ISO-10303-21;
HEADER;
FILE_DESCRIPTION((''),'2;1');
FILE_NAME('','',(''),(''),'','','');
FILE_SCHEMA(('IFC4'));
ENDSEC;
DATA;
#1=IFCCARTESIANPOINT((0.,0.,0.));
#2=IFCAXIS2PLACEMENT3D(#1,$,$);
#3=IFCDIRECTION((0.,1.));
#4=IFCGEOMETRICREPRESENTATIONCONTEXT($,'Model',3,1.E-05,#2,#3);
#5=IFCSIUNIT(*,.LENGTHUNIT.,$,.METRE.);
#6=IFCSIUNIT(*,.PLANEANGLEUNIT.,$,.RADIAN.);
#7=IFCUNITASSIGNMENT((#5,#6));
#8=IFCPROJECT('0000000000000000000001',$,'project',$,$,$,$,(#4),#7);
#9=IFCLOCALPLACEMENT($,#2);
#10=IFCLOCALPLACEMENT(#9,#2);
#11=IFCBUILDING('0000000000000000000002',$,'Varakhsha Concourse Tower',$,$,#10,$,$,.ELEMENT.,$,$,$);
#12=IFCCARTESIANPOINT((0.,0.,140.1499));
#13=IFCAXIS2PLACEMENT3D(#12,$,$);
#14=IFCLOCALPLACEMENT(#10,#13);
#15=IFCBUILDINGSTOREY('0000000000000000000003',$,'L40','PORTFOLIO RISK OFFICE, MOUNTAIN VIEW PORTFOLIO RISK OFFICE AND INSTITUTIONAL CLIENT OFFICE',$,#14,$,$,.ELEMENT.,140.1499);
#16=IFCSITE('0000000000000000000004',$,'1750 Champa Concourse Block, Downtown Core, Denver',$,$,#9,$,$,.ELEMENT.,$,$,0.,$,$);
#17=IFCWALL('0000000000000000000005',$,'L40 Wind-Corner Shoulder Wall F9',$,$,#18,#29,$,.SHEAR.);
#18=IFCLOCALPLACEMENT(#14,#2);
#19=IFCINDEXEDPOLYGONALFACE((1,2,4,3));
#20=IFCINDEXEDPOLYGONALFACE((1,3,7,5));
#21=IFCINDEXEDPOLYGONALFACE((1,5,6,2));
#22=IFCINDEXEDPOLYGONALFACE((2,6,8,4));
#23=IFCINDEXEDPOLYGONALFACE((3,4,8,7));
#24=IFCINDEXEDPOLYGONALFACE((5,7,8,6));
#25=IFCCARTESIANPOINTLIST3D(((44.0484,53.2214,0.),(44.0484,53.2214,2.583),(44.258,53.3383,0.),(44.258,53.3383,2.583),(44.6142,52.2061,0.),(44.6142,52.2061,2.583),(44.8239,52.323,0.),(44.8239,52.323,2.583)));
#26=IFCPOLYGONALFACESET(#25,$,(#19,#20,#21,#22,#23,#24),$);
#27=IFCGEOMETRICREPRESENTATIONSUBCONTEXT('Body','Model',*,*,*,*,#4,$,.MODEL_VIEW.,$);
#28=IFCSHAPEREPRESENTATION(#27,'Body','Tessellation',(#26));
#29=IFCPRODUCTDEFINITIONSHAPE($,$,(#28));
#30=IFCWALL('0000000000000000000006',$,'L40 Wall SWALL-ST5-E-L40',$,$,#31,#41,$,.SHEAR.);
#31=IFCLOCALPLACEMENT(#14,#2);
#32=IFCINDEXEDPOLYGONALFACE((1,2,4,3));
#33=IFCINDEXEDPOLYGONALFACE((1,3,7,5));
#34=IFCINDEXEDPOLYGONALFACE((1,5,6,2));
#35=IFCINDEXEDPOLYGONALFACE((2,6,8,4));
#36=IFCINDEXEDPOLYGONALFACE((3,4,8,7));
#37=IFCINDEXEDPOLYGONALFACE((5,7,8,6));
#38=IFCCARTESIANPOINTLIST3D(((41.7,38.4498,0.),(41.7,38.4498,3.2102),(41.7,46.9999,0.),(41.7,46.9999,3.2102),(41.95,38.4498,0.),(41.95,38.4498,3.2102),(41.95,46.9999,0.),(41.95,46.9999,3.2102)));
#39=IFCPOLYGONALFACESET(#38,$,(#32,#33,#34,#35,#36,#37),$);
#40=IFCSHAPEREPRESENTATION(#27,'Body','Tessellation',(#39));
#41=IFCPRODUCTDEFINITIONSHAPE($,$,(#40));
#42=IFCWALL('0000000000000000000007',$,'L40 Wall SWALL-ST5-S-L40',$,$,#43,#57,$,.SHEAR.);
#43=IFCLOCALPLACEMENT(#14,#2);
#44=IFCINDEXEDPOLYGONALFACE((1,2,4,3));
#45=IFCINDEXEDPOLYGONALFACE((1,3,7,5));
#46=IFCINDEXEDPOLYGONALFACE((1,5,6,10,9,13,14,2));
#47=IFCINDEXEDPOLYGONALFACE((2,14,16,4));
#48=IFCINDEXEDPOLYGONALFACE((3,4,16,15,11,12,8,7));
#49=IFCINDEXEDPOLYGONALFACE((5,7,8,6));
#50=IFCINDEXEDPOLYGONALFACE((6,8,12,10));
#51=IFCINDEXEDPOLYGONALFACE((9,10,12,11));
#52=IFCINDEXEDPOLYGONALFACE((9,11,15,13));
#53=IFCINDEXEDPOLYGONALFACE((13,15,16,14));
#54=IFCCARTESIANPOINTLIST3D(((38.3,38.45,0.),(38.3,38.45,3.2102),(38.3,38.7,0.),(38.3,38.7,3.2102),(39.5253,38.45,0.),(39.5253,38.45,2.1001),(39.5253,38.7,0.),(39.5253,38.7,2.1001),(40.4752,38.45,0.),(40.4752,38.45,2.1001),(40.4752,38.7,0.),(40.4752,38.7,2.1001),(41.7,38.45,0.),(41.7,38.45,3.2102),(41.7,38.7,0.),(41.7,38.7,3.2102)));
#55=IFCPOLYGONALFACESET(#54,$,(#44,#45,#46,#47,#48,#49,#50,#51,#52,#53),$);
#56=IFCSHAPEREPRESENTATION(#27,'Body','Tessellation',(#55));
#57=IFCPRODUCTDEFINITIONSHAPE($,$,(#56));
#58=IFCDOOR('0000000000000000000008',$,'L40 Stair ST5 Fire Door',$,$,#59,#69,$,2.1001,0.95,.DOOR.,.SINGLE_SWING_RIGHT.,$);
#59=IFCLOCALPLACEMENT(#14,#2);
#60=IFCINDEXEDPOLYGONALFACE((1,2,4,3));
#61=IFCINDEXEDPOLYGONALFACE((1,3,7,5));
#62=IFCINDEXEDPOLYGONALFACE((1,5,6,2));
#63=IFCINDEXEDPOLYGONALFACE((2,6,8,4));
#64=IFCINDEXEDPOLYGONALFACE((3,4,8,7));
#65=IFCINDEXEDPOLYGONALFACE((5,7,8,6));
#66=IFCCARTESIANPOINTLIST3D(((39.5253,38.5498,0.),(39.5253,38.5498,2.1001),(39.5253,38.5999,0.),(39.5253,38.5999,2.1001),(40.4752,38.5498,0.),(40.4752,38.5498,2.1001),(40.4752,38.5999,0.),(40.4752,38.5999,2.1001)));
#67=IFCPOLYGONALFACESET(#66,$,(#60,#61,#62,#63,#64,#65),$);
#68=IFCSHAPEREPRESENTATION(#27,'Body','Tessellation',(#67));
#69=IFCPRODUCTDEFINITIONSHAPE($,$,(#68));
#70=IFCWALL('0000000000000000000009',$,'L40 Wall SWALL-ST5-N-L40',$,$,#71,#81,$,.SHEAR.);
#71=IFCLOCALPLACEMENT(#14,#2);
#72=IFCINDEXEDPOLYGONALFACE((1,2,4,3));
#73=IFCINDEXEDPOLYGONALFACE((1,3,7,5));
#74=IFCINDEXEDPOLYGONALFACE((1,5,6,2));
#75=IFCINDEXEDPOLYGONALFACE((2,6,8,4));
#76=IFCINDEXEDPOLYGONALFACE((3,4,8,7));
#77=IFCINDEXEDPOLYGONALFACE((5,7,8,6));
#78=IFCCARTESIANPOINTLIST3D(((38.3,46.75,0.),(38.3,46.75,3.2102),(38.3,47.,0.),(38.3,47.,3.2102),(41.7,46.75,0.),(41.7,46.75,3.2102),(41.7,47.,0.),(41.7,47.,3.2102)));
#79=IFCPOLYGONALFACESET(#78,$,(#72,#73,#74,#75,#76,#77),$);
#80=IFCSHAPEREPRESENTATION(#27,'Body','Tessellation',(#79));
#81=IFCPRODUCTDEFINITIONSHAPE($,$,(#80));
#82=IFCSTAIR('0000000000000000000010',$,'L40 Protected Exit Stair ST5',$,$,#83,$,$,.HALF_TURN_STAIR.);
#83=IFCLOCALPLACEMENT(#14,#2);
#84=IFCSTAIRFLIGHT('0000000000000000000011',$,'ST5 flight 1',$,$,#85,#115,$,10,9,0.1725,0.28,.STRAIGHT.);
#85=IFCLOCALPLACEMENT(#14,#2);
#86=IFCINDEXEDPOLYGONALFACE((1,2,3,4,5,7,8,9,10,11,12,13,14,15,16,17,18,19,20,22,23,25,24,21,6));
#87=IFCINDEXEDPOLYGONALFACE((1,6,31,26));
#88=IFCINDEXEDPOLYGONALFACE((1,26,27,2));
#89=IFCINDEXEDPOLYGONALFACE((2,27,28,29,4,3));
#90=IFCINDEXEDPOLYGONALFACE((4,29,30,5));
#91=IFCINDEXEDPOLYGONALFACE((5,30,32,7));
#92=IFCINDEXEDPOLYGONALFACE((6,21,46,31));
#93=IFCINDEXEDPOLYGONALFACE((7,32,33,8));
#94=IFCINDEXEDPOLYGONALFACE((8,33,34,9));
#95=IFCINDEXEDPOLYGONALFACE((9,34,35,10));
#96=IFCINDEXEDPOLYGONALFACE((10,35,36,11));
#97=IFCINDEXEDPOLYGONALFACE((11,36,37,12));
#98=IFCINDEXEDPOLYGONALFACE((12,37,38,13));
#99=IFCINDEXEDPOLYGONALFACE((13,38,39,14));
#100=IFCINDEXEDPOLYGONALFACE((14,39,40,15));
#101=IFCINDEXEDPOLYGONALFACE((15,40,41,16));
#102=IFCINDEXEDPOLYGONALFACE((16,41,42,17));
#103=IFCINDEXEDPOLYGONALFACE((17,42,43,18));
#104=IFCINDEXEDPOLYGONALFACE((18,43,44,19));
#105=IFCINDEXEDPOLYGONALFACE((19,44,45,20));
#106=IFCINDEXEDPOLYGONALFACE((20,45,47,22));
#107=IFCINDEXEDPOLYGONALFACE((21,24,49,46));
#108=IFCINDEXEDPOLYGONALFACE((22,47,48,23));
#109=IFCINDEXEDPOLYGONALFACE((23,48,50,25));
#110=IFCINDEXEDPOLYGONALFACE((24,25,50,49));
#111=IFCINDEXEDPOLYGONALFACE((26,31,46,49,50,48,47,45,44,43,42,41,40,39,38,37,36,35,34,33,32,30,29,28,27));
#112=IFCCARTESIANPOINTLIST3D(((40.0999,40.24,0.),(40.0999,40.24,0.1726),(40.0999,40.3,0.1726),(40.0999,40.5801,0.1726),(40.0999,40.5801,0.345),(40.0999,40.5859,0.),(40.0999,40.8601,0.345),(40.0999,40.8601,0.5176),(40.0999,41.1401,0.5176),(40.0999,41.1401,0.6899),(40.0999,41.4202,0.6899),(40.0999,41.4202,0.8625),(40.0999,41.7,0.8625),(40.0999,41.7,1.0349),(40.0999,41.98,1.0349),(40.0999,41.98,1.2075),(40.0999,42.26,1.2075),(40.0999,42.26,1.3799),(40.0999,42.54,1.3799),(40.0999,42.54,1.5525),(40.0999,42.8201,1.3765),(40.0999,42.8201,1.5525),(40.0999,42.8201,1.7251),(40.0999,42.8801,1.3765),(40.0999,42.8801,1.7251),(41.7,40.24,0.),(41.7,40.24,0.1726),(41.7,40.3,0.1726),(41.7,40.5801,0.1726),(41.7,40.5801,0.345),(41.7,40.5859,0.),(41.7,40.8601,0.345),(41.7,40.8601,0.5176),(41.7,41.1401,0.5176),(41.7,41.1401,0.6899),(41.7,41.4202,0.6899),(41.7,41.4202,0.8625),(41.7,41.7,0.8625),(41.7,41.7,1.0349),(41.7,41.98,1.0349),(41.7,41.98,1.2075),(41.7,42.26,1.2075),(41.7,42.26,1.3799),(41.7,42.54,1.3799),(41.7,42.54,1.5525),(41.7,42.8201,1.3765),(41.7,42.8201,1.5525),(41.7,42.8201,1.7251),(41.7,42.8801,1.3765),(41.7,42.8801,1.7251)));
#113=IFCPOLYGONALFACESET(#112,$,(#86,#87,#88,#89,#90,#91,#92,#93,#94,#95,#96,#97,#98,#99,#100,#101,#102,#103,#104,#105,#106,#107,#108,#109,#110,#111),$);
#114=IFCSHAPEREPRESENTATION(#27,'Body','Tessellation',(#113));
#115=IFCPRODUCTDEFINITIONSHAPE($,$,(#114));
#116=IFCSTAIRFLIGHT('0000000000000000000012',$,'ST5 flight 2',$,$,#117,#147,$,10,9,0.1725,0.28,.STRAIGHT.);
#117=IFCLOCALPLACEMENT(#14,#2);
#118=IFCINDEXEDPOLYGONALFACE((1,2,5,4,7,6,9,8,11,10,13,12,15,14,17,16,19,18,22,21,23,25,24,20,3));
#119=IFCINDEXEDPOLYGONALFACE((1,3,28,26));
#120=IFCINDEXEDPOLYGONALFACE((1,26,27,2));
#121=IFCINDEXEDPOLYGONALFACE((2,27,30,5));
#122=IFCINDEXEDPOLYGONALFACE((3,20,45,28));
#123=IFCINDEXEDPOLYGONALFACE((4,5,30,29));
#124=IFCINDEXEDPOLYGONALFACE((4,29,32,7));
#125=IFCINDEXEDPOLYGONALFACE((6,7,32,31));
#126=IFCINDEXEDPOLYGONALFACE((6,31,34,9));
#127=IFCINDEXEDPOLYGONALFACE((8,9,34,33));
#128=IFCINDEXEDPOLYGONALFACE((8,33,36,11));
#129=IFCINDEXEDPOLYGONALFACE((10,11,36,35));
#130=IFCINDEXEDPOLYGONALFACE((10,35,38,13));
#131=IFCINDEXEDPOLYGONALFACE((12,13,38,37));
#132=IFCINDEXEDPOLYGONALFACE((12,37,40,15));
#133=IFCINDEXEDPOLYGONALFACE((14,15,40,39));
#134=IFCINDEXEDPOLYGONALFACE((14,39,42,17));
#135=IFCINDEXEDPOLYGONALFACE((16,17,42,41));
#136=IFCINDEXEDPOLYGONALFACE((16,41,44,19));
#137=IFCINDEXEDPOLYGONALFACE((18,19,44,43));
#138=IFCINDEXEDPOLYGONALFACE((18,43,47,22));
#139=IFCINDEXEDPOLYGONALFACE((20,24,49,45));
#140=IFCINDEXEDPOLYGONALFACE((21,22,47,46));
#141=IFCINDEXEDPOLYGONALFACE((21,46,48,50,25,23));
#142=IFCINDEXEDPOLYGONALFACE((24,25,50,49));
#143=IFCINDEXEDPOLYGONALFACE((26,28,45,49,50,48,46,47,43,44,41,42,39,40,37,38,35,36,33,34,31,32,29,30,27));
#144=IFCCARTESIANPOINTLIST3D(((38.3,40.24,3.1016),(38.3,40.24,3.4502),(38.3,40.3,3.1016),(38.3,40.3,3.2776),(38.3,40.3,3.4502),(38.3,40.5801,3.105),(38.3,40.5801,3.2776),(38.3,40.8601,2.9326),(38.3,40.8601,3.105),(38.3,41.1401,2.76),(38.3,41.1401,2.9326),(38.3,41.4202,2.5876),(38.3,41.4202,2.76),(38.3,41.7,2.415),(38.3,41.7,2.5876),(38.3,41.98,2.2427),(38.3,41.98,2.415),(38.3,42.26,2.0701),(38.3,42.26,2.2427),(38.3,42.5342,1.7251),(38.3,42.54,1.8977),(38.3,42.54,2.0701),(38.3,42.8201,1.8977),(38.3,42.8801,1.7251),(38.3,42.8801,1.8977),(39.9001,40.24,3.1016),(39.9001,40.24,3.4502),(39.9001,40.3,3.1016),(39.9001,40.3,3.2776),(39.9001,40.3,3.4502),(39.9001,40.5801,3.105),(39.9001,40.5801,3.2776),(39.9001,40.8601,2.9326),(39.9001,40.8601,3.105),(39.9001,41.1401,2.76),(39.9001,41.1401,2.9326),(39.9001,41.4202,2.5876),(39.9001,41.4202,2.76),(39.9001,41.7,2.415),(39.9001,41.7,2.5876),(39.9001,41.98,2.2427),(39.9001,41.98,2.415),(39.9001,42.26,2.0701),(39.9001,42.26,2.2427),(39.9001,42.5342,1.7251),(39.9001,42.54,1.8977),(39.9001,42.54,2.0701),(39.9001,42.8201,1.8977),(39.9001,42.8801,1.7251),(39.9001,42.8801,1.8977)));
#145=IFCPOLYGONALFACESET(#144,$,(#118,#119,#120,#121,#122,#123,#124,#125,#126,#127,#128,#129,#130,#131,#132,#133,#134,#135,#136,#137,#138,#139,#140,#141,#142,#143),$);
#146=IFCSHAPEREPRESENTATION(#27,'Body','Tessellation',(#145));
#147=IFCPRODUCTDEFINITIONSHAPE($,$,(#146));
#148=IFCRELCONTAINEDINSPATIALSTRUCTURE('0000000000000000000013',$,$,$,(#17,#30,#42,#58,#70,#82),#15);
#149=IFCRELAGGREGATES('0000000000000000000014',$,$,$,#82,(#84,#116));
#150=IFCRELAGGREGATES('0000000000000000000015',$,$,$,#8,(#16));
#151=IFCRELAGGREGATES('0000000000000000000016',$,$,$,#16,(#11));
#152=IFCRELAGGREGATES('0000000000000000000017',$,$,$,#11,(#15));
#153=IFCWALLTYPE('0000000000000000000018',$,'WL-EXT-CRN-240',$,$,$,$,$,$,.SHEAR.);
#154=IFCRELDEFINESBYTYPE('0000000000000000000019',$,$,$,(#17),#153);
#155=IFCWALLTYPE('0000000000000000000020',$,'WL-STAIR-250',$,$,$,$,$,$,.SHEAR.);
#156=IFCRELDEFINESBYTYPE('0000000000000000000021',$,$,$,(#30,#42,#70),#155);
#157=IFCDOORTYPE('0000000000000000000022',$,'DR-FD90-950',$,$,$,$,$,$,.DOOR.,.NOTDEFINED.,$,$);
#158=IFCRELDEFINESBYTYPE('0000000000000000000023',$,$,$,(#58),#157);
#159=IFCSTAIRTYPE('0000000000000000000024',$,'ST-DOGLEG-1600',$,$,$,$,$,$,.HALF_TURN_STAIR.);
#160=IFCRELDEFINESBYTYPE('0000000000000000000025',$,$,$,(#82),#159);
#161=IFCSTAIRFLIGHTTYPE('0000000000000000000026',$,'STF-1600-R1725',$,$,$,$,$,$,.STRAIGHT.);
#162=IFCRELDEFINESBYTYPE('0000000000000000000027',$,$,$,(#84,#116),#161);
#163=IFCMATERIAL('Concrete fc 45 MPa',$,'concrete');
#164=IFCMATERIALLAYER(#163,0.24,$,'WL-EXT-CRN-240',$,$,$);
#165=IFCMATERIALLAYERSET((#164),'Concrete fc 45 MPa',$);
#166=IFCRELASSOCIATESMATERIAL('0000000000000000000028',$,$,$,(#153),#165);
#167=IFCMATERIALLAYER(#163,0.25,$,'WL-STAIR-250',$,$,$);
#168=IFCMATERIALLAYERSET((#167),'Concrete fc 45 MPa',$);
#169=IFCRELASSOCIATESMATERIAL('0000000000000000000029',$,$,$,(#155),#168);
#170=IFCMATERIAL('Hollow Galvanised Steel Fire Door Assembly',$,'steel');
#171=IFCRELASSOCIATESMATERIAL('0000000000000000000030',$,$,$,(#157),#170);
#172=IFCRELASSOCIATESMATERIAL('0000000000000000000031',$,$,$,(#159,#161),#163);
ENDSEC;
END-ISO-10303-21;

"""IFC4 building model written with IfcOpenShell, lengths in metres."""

from ifc_helpers import new_model, si_unit, direction, frame, frame_2d, origin, place, context, subcontext, project, spatial, polyline, rectangle, outline, extrude, material, layer, layer_set, type_object, element, fill, aggregate, save


model = new_model("IFC4")

# Units and contexts
model_context = context("Model", 3, precision=1e-05, world=origin(), true_north=direction((0.0, 1.0)))
body_context = subcontext(model_context, "Body", "Model", "MODEL_VIEW")
ifc_project = project(units=[si_unit("LENGTHUNIT", "METRE"), si_unit("PLANEANGLEUNIT", "RADIAN")], contexts=[model_context])

# Site, building, storey
site_placement = place(None, origin())
site = spatial("IfcSite", under=ifc_project, at=site_placement, Name="1750 Champa Concourse Block, Downtown Core, Denver", CompositionType="ELEMENT", RefElevation=0.0)
building_placement = place(site_placement, origin())
building = spatial("IfcBuilding", under=site, at=building_placement, Name="Varakhsha Concourse Tower", CompositionType="ELEMENT")
storey_placement = place(building_placement, frame((0.0, 0.0, 140.1499)))
storey = spatial("IfcBuildingStorey", under=building, at=storey_placement, Name="L40", Description="PORTFOLIO RISK OFFICE, MOUNTAIN VIEW PORTFOLIO RISK OFFICE AND INSTITUTIONAL CLIENT OFFICE", CompositionType="ELEMENT", Elevation=140.1499)

# Walls
ifc_material_1 = material(Name="Concrete fc 45 MPa", Category="concrete")
ifc_layer_1 = layer(ifc_material_1, 0.24, Name="WL-EXT-CRN-240")
ifc_layer_set_1 = layer_set([ifc_layer_1], Name="Concrete fc 45 MPa")
wall_type_1 = type_object("IfcWallType", Name="WL-EXT-CRN-240", PredefinedType="SHEAR", material=ifc_layer_set_1)
wall_1_placement = place(storey_placement, frame((44.719, 52.2646, 0.0), z_axis=(0.0, 0.0, 1.0), x_axis=(-0.486837, 0.873493, 0.0)))
element("IfcWall", 1, at=wall_1_placement, inside=storey, type_object=wall_type_1, Name="L40 Wind-Corner Shoulder Wall F9", PredefinedType="SHEAR", context=body_context, shape_type="SweptSolid", body=[
    extrude(rectangle(XDim=1.1624, YDim=0.24, at=frame_2d((0.5811, 0.0))), origin(), (0.0, 0.0, 1.0), 2.583),
])
ifc_layer_2 = layer(ifc_material_1, 0.25, Name="WL-STAIR-250")
ifc_layer_set_2 = layer_set([ifc_layer_2], Name="Concrete fc 45 MPa")
wall_type_2 = type_object("IfcWallType", Name="WL-STAIR-250", PredefinedType="SHEAR", material=ifc_layer_set_2)
wall_2_placement = place(storey_placement, frame((41.825, 38.45, 0.0), z_axis=(0.0, 0.0, 1.0), x_axis=(0.0, 1.0, 0.0)))
element("IfcWall", 2, at=wall_2_placement, inside=storey, type_object=wall_type_2, Name="L40 Wall SWALL-ST5-E-L40", PredefinedType="SHEAR", context=body_context, shape_type="SweptSolid", body=[
    extrude(rectangle(XDim=8.55, YDim=0.25, at=frame_2d((4.2749, 0.0))), origin(), (0.0, 0.0, 1.0), 3.2102),
])

# Wall, opening, door
wall_3_placement = place(storey_placement, frame((38.3, 38.575, 0.0), z_axis=(0.0, 0.0, 1.0), x_axis=(1.0, 0.0, 0.0)))
wall_3 = element("IfcWall", 3, at=wall_3_placement, inside=storey, type_object=wall_type_2, Name="L40 Wall SWALL-ST5-S-L40", PredefinedType="SHEAR", context=body_context, shape_type="SweptSolid", body=[
    extrude(rectangle(XDim=3.3999, YDim=0.25, at=frame_2d((1.7, 0.0))), origin(), (0.0, 0.0, 1.0), 3.2102),
])
opening_placement = place(wall_3_placement, frame((1.2251, 0.0, 0.0)))
opening = element("IfcOpeningElement", 4, at=opening_placement, cuts=wall_3, PredefinedType="OPENING", context=body_context, shape_type="SweptSolid", body=[
    extrude(rectangle(XDim=0.95, YDim=2.1001, at=frame_2d((0.4751, 1.05))), frame((0.0, 0.135, 0.0), z_axis=(0.0, -1.0, 0.0), x_axis=(1.0, 0.0, 0.0)), (0.0, 0.0, 1.0), 0.27),
])
ifc_material_2 = material(Name="Hollow Galvanised Steel Fire Door Assembly", Category="steel")
door_type = type_object("IfcDoorType", Name="DR-FD90-950", OperationType="NOTDEFINED", PredefinedType="DOOR", material=ifc_material_2)
door_placement = place(opening_placement, origin())
door = element("IfcDoor", 5, at=door_placement, inside=storey, type_object=door_type, Name="L40 Stair ST5 Fire Door", OperationType="SINGLE_SWING_RIGHT", OverallHeight=2.1001, OverallWidth=0.95, PredefinedType="DOOR", context=body_context, shape_type="SweptSolid", body=[
    extrude(rectangle(XDim=0.95, YDim=2.1001, at=frame_2d((0.4751, 1.05))), frame((0.0, 0.0249, 0.0), z_axis=(0.0, -1.0, 0.0), x_axis=(1.0, 0.0, 0.0)), (0.0, 0.0, 1.0), 0.05),
])
fill(opening, door)

# Wall
wall_4_placement = place(storey_placement, frame((38.3, 46.875, 0.0), z_axis=(0.0, 0.0, 1.0), x_axis=(1.0, 0.0, 0.0)))
element("IfcWall", 6, at=wall_4_placement, inside=storey, type_object=wall_type_2, Name="L40 Wall SWALL-ST5-N-L40", PredefinedType="SHEAR", context=body_context, shape_type="SweptSolid", body=[
    extrude(rectangle(XDim=3.3999, YDim=0.25, at=frame_2d((1.7, 0.0))), origin(), (0.0, 0.0, 1.0), 3.2102),
])

# Stair, stair flights
stair_type = type_object("IfcStairType", Name="ST-DOGLEG-1600", PredefinedType="HALF_TURN_STAIR", material=ifc_material_1)
stair_placement = place(storey_placement, origin())
stair = element("IfcStair", 7, at=stair_placement, inside=storey, type_object=stair_type, Name="L40 Protected Exit Stair ST5", PredefinedType="HALF_TURN_STAIR")
stair_flight_type = type_object("IfcStairFlightType", Name="STF-1600-R1725", PredefinedType="STRAIGHT", material=ifc_material_1)
stair_flight_1_placement = place(storey_placement, frame((40.8999, 40.3, 0.0), z_axis=(0.0, 0.0, 1.0), x_axis=(0.0, 1.0, 0.0)))
stair_flight_1 = element("IfcStairFlight", 8, at=stair_flight_1_placement, type_object=stair_flight_type, Name="ST5 flight 1", NumberOfRisers=10, NumberOfTreads=9, PredefinedType="STRAIGHT", RiserHeight=0.1725, TreadLength=0.28, context=body_context, shape_type="SweptSolid", body=[
    extrude(outline(polyline([(-0.0601, 0.0), (-0.0601, 0.1726), (0.0, 0.1726), (0.28, 0.1726), (0.28, 0.345), (0.5601, 0.345), (0.5601, 0.5176), (0.8401, 0.5176), (0.8401, 0.6899), (1.1201, 0.6899), (1.1201, 0.8625), (1.3999, 0.8625), (1.3999, 1.0349), (1.6799, 1.0349), (1.6799, 1.2075), (1.96, 1.2075), (1.96, 1.3799), (2.24, 1.3799), (2.24, 1.5525), (2.52, 1.5525), (2.52, 1.7251), (2.5801, 1.7251), (2.5801, 1.3765), (2.52, 1.3765), (0.2859, 0.0), (-0.0601, 0.0)])), frame((0.0, 0.8, 0.0), z_axis=(0.0, -1.0, 0.0), x_axis=(1.0, 0.0, 0.0)), (0.0, 0.0, 1.0), 1.6001),
])
stair_flight_2_placement = place(storey_placement, frame((39.1001, 42.8201, 1.7251), z_axis=(0.0, 0.0, 1.0), x_axis=(0.0, -1.0, 0.0)))
stair_flight_2 = element("IfcStairFlight", 9, at=stair_flight_2_placement, type_object=stair_flight_type, Name="ST5 flight 2", NumberOfRisers=10, NumberOfTreads=9, PredefinedType="STRAIGHT", RiserHeight=0.1725, TreadLength=0.28, context=body_context, shape_type="SweptSolid", body=[
    extrude(outline(polyline([(-0.0601, 0.0), (-0.0601, 0.1726), (0.0, 0.1726), (0.28, 0.1726), (0.28, 0.345), (0.5601, 0.345), (0.5601, 0.5176), (0.8401, 0.5176), (0.8401, 0.6899), (1.1201, 0.6899), (1.1201, 0.8625), (1.3999, 0.8625), (1.3999, 1.0349), (1.6799, 1.0349), (1.6799, 1.2075), (1.96, 1.2075), (1.96, 1.3799), (2.24, 1.3799), (2.24, 1.5525), (2.52, 1.5525), (2.52, 1.7251), (2.5801, 1.7251), (2.5801, 1.3765), (2.52, 1.3765), (0.2859, 0.0), (-0.0601, 0.0)])), frame((0.0, 0.8, 0.0), z_axis=(0.0, -1.0, 0.0), x_axis=(1.0, 0.0, 0.0)), (0.0, 0.0, 1.0), 1.6001),
])
aggregate(stair, [stair_flight_1, stair_flight_2])

save(model, "model.ifc")
